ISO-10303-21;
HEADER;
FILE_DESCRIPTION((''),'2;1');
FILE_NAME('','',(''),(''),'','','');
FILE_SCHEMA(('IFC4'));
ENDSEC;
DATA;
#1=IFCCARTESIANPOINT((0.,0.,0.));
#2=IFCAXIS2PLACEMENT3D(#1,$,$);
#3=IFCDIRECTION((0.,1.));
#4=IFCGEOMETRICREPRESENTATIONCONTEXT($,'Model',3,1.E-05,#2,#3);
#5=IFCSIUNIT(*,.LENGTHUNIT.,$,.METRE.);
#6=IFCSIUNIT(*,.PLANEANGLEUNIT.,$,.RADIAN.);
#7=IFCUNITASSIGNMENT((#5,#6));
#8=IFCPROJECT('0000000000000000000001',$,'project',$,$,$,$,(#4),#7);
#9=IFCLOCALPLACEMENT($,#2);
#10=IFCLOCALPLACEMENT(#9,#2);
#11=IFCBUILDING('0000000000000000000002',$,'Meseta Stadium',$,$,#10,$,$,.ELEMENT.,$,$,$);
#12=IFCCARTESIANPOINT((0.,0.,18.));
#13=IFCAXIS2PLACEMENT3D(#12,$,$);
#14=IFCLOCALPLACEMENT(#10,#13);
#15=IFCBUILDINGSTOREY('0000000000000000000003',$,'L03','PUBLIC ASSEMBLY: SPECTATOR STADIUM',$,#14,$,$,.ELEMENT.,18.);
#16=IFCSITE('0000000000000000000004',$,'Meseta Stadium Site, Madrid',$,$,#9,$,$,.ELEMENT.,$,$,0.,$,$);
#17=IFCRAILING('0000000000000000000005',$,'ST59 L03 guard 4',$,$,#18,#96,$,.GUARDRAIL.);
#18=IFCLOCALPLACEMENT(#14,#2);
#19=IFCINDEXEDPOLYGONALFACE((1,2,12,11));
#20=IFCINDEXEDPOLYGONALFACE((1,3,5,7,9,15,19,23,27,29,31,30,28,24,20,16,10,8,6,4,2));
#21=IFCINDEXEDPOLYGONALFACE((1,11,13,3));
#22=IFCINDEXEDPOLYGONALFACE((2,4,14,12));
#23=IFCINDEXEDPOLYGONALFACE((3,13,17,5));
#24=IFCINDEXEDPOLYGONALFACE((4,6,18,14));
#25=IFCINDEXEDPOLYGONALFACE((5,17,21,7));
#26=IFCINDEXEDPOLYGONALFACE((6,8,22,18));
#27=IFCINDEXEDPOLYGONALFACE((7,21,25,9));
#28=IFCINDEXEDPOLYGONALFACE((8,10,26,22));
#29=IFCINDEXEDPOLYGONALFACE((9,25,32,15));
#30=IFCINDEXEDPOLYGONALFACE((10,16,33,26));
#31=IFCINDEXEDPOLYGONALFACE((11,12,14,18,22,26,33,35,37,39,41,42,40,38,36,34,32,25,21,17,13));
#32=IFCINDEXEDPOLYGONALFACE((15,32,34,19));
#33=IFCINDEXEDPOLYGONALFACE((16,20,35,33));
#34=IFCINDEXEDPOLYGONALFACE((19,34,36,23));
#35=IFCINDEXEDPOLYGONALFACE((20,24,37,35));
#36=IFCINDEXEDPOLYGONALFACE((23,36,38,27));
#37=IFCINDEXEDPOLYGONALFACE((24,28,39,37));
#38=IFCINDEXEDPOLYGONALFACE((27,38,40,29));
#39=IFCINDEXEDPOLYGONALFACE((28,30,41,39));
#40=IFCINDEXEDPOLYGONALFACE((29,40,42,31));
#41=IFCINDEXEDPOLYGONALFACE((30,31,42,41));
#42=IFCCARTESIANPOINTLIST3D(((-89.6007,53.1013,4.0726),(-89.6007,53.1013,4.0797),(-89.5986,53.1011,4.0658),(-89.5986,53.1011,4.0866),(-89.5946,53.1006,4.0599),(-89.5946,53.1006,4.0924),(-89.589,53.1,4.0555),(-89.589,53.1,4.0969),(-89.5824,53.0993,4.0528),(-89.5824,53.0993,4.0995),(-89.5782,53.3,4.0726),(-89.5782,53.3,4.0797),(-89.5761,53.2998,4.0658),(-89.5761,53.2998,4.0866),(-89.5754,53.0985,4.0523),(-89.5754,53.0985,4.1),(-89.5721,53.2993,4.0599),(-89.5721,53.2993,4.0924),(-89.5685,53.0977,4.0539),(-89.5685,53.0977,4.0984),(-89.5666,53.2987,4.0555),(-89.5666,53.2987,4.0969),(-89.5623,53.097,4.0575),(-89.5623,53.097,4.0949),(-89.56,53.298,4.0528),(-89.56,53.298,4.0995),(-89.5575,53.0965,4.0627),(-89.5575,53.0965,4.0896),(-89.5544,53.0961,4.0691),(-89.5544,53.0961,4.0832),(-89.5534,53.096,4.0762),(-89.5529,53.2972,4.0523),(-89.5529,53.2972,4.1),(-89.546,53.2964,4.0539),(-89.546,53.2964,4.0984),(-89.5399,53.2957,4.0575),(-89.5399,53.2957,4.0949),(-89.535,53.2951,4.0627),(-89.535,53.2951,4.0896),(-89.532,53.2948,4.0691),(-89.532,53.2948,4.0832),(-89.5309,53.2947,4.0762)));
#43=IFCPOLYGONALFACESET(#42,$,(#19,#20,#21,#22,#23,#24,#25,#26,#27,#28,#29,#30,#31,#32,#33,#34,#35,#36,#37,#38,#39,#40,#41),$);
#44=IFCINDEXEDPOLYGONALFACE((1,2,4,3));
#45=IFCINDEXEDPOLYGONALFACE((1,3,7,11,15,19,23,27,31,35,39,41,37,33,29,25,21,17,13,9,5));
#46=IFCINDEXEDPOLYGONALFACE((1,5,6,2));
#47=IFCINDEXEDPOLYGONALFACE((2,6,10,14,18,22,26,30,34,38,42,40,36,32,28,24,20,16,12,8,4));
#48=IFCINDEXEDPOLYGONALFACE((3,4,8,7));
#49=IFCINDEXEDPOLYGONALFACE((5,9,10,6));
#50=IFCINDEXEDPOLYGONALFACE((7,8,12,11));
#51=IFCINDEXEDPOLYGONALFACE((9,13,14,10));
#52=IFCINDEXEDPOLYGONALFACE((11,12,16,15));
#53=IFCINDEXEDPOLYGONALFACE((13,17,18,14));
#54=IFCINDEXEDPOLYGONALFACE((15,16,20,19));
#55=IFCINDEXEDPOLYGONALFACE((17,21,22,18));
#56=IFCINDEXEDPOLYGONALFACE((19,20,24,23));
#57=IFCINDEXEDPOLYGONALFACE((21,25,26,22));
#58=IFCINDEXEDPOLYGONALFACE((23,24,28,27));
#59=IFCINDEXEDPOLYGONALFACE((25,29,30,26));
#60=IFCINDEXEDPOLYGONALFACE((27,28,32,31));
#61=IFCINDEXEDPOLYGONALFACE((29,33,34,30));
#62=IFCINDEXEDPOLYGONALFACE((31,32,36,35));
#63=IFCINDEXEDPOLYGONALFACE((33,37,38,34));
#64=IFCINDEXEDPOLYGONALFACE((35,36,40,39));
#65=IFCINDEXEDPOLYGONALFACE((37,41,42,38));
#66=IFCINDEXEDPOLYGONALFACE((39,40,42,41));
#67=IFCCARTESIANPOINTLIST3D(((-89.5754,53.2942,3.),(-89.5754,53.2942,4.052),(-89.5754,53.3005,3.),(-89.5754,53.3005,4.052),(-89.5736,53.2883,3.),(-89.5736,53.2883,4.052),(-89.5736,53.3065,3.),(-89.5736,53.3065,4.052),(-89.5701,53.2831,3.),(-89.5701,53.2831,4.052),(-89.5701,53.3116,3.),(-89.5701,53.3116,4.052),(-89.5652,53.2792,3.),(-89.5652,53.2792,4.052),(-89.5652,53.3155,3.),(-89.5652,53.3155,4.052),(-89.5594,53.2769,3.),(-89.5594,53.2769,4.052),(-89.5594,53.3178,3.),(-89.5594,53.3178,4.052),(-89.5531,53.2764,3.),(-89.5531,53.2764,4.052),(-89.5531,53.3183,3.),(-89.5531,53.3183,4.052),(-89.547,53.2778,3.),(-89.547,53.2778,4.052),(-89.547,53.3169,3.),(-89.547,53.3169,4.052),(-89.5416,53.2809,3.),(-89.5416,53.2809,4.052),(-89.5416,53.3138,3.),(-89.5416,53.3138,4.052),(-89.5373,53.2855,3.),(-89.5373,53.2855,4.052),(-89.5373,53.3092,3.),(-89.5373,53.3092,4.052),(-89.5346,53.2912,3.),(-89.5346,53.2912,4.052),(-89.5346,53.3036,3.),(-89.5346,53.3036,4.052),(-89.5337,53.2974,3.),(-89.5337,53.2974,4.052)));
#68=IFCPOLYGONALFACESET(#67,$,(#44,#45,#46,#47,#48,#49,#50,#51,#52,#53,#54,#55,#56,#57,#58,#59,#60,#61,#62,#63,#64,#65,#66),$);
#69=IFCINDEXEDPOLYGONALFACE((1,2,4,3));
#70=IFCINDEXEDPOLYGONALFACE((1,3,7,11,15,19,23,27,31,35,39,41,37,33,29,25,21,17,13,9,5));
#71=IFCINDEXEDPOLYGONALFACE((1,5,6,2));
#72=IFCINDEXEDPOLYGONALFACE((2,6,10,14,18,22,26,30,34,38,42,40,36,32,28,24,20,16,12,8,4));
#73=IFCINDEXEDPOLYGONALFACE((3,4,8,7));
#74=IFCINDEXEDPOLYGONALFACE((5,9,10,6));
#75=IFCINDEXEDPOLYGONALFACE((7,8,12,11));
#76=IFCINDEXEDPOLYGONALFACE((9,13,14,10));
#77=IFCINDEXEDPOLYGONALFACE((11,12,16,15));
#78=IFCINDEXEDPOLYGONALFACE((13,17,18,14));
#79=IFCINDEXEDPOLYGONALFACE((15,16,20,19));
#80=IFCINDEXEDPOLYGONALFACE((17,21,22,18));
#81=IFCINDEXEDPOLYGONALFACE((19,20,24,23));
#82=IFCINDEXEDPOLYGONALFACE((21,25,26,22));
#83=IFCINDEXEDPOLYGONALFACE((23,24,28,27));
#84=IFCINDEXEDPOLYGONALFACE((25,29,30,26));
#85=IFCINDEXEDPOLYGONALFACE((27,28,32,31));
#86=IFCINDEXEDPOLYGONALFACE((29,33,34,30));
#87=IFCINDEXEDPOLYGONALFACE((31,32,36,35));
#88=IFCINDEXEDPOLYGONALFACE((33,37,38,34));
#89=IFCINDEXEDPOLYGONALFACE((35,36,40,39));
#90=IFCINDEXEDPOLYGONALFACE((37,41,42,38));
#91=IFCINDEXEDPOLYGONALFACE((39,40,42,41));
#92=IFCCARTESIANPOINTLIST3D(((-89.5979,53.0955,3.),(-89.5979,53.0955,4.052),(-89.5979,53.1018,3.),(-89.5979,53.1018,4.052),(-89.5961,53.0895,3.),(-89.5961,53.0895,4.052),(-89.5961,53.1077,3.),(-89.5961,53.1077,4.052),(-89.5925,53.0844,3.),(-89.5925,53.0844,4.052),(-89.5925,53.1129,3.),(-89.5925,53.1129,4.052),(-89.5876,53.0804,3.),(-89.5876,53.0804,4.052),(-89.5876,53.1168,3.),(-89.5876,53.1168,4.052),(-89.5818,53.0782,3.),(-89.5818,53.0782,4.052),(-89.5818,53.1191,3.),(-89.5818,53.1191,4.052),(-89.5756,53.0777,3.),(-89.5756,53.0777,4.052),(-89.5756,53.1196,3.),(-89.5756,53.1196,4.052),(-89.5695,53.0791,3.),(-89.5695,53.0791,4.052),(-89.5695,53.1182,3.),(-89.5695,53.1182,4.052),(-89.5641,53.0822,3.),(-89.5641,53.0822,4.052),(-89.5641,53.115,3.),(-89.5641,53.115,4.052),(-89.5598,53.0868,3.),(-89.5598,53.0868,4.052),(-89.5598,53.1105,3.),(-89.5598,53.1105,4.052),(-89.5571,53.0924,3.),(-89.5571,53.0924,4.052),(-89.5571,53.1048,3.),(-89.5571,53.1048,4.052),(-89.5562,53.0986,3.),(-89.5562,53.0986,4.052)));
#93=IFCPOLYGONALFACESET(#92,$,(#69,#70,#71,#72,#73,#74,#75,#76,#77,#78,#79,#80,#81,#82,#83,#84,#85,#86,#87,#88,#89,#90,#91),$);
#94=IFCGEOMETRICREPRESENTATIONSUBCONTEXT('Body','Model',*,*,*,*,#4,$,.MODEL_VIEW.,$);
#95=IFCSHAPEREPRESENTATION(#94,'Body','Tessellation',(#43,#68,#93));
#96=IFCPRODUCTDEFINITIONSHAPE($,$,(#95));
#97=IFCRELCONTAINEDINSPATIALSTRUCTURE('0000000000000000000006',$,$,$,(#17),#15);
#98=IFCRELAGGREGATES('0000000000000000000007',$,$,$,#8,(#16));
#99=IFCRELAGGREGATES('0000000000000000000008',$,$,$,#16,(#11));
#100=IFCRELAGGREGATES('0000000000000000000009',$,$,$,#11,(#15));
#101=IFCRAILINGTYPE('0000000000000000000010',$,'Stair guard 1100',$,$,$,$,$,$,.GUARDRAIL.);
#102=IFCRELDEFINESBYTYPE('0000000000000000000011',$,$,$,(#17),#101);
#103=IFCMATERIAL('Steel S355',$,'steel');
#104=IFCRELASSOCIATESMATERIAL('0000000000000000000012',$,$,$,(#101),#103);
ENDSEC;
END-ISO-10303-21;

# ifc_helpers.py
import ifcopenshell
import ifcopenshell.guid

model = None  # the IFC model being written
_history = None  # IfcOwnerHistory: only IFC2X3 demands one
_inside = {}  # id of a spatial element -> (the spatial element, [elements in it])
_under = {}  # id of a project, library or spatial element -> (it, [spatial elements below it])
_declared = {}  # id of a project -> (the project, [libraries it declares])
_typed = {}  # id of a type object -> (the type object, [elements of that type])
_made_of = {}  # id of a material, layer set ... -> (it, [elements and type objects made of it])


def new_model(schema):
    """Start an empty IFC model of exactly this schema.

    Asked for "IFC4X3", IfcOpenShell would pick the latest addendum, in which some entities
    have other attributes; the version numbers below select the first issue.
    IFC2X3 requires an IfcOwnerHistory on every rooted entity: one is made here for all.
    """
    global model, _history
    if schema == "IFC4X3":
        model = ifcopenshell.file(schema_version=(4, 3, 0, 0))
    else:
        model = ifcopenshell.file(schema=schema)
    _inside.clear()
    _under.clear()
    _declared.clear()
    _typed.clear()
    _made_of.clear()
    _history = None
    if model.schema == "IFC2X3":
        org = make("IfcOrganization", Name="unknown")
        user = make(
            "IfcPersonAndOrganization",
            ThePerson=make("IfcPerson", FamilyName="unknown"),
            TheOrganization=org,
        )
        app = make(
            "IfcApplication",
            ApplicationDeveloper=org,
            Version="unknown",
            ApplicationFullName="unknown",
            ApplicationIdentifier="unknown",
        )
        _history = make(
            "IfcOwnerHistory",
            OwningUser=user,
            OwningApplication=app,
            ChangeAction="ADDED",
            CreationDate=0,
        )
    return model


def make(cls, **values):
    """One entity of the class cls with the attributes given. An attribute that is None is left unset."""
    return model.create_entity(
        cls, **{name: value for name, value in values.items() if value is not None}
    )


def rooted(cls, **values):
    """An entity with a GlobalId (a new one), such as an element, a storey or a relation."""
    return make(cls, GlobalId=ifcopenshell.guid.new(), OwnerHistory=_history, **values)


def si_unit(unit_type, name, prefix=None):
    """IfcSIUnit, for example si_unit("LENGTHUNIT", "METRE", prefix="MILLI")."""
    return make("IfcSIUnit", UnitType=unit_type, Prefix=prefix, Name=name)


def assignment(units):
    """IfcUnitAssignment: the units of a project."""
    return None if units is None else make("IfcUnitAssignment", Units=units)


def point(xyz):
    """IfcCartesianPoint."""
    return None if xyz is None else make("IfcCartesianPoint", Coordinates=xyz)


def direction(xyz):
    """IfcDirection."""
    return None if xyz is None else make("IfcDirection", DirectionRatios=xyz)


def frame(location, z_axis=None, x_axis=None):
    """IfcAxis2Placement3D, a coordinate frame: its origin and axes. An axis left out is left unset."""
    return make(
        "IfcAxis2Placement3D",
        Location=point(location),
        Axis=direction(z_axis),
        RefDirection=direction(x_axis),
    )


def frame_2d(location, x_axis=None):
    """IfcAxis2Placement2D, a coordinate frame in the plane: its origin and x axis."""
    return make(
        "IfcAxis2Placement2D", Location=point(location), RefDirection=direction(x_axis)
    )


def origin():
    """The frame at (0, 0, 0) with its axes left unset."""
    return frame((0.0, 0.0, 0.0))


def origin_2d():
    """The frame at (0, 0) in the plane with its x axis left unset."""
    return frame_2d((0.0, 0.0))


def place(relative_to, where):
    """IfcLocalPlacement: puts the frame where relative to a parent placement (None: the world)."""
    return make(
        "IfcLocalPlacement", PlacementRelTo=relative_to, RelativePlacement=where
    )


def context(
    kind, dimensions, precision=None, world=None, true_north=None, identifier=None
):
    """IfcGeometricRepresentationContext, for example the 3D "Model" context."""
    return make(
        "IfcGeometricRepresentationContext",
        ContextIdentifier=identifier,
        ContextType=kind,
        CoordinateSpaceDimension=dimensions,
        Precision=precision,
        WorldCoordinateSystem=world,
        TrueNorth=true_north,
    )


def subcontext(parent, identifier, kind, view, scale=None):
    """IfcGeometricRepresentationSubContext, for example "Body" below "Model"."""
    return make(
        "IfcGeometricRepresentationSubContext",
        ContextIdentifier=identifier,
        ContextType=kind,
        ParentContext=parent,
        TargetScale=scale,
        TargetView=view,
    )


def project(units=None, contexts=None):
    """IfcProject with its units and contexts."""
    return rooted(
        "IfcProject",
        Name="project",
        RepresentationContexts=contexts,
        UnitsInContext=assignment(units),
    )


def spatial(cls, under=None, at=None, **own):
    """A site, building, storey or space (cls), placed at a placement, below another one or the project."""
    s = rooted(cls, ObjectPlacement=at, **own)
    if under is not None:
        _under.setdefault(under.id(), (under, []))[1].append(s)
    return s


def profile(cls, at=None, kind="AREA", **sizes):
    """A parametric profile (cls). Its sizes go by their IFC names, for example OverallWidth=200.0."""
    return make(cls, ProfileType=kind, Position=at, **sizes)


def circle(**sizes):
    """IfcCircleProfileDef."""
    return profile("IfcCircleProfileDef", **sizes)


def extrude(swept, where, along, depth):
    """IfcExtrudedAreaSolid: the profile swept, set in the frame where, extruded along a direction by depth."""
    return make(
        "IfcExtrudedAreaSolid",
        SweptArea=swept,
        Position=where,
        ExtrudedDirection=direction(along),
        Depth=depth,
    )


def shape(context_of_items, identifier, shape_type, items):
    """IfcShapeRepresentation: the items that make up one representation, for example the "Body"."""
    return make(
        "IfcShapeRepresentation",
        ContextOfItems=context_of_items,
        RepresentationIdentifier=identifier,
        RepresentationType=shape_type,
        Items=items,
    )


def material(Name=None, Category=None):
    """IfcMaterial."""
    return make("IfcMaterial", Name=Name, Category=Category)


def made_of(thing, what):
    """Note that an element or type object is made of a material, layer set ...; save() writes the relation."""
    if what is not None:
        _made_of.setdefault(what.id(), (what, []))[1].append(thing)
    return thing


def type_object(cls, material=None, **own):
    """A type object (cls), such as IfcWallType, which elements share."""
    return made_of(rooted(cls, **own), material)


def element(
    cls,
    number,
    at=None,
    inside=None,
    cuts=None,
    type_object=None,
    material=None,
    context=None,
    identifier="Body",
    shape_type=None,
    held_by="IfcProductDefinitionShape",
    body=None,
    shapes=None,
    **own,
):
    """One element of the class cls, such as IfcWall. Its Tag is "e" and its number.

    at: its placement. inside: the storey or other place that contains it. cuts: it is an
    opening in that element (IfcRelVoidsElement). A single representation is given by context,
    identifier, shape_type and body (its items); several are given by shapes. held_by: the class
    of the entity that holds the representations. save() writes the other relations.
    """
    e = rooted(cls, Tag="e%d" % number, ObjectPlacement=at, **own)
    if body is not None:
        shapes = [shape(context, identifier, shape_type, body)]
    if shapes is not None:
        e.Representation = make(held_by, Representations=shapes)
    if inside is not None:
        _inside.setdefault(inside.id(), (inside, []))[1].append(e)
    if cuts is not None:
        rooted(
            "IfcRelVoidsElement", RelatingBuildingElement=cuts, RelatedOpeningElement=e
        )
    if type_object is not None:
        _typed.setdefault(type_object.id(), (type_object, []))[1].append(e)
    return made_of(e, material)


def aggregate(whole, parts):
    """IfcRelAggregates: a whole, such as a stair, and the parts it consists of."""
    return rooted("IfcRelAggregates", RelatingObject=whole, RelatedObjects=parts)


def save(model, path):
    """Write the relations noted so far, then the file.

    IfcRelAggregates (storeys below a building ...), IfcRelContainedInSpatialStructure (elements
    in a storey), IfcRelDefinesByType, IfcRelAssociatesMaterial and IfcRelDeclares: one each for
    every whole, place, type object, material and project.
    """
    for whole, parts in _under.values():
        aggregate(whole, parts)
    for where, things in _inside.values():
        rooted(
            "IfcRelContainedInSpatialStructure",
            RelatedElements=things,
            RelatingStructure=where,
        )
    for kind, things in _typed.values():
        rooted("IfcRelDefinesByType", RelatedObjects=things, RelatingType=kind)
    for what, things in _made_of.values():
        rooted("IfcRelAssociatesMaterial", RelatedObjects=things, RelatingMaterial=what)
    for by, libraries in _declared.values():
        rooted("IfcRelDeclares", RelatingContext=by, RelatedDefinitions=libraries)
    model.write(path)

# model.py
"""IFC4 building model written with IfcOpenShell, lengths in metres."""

from ifc_helpers import new_model, si_unit, direction, frame, origin, origin_2d, place, context, subcontext, project, spatial, circle, extrude, material, type_object, element, save


model = new_model("IFC4")

# Units and contexts
model_context = context("Model", 3, precision=1e-05, world=origin(), true_north=direction((0.0, 1.0)))
body_context = subcontext(model_context, "Body", "Model", "MODEL_VIEW")
ifc_project = project(units=[si_unit("LENGTHUNIT", "METRE"), si_unit("PLANEANGLEUNIT", "RADIAN")], contexts=[model_context])

# Site, building, storey
site_placement = place(None, origin())
site = spatial("IfcSite", under=ifc_project, at=site_placement, Name="Meseta Stadium Site, Madrid", CompositionType="ELEMENT", RefElevation=0.0)
building_placement = place(site_placement, origin())
building = spatial("IfcBuilding", under=site, at=building_placement, Name="Meseta Stadium", CompositionType="ELEMENT")
storey_placement = place(building_placement, frame((0.0, 0.0, 18.0)))
storey = spatial("IfcBuildingStorey", under=building, at=storey_placement, Name="L03", Description="PUBLIC ASSEMBLY: SPECTATOR STADIUM", CompositionType="ELEMENT", Elevation=18.0)

# Railing
ifc_material_1 = material(Name="Steel S355", Category="steel")
railing_type_1 = type_object("IfcRailingType", Name="Stair guard 1100", PredefinedType="GUARDRAIL", material=ifc_material_1)
railing_1_placement = place(storey_placement, frame((-89.5547, 53.2974, 3.0)))
element("IfcRailing", 1, at=railing_1_placement, inside=storey, type_object=railing_type_1, Name="ST59 L03 guard 4", PredefinedType="GUARDRAIL", context=body_context, shape_type="SweptSolid", body=[
    extrude(circle(Radius=0.0239, at=origin_2d()), frame((0.0, 0.0, 1.0762), z_axis=(-0.112307, -0.993674, 0.0), x_axis=(0.993674, -0.112307, 0.0)), (0.0, 0.0, 1.0), 0.2),
    extrude(circle(Radius=0.021, at=origin_2d()), origin(), (0.0, 0.0, 1.0), 1.052),
    extrude(circle(Radius=0.021, at=origin_2d()), frame((-0.0225, -0.1987, 0.0)), (0.0, 0.0, 1.0), 1.052),
])

save(model, "model.ifc")
